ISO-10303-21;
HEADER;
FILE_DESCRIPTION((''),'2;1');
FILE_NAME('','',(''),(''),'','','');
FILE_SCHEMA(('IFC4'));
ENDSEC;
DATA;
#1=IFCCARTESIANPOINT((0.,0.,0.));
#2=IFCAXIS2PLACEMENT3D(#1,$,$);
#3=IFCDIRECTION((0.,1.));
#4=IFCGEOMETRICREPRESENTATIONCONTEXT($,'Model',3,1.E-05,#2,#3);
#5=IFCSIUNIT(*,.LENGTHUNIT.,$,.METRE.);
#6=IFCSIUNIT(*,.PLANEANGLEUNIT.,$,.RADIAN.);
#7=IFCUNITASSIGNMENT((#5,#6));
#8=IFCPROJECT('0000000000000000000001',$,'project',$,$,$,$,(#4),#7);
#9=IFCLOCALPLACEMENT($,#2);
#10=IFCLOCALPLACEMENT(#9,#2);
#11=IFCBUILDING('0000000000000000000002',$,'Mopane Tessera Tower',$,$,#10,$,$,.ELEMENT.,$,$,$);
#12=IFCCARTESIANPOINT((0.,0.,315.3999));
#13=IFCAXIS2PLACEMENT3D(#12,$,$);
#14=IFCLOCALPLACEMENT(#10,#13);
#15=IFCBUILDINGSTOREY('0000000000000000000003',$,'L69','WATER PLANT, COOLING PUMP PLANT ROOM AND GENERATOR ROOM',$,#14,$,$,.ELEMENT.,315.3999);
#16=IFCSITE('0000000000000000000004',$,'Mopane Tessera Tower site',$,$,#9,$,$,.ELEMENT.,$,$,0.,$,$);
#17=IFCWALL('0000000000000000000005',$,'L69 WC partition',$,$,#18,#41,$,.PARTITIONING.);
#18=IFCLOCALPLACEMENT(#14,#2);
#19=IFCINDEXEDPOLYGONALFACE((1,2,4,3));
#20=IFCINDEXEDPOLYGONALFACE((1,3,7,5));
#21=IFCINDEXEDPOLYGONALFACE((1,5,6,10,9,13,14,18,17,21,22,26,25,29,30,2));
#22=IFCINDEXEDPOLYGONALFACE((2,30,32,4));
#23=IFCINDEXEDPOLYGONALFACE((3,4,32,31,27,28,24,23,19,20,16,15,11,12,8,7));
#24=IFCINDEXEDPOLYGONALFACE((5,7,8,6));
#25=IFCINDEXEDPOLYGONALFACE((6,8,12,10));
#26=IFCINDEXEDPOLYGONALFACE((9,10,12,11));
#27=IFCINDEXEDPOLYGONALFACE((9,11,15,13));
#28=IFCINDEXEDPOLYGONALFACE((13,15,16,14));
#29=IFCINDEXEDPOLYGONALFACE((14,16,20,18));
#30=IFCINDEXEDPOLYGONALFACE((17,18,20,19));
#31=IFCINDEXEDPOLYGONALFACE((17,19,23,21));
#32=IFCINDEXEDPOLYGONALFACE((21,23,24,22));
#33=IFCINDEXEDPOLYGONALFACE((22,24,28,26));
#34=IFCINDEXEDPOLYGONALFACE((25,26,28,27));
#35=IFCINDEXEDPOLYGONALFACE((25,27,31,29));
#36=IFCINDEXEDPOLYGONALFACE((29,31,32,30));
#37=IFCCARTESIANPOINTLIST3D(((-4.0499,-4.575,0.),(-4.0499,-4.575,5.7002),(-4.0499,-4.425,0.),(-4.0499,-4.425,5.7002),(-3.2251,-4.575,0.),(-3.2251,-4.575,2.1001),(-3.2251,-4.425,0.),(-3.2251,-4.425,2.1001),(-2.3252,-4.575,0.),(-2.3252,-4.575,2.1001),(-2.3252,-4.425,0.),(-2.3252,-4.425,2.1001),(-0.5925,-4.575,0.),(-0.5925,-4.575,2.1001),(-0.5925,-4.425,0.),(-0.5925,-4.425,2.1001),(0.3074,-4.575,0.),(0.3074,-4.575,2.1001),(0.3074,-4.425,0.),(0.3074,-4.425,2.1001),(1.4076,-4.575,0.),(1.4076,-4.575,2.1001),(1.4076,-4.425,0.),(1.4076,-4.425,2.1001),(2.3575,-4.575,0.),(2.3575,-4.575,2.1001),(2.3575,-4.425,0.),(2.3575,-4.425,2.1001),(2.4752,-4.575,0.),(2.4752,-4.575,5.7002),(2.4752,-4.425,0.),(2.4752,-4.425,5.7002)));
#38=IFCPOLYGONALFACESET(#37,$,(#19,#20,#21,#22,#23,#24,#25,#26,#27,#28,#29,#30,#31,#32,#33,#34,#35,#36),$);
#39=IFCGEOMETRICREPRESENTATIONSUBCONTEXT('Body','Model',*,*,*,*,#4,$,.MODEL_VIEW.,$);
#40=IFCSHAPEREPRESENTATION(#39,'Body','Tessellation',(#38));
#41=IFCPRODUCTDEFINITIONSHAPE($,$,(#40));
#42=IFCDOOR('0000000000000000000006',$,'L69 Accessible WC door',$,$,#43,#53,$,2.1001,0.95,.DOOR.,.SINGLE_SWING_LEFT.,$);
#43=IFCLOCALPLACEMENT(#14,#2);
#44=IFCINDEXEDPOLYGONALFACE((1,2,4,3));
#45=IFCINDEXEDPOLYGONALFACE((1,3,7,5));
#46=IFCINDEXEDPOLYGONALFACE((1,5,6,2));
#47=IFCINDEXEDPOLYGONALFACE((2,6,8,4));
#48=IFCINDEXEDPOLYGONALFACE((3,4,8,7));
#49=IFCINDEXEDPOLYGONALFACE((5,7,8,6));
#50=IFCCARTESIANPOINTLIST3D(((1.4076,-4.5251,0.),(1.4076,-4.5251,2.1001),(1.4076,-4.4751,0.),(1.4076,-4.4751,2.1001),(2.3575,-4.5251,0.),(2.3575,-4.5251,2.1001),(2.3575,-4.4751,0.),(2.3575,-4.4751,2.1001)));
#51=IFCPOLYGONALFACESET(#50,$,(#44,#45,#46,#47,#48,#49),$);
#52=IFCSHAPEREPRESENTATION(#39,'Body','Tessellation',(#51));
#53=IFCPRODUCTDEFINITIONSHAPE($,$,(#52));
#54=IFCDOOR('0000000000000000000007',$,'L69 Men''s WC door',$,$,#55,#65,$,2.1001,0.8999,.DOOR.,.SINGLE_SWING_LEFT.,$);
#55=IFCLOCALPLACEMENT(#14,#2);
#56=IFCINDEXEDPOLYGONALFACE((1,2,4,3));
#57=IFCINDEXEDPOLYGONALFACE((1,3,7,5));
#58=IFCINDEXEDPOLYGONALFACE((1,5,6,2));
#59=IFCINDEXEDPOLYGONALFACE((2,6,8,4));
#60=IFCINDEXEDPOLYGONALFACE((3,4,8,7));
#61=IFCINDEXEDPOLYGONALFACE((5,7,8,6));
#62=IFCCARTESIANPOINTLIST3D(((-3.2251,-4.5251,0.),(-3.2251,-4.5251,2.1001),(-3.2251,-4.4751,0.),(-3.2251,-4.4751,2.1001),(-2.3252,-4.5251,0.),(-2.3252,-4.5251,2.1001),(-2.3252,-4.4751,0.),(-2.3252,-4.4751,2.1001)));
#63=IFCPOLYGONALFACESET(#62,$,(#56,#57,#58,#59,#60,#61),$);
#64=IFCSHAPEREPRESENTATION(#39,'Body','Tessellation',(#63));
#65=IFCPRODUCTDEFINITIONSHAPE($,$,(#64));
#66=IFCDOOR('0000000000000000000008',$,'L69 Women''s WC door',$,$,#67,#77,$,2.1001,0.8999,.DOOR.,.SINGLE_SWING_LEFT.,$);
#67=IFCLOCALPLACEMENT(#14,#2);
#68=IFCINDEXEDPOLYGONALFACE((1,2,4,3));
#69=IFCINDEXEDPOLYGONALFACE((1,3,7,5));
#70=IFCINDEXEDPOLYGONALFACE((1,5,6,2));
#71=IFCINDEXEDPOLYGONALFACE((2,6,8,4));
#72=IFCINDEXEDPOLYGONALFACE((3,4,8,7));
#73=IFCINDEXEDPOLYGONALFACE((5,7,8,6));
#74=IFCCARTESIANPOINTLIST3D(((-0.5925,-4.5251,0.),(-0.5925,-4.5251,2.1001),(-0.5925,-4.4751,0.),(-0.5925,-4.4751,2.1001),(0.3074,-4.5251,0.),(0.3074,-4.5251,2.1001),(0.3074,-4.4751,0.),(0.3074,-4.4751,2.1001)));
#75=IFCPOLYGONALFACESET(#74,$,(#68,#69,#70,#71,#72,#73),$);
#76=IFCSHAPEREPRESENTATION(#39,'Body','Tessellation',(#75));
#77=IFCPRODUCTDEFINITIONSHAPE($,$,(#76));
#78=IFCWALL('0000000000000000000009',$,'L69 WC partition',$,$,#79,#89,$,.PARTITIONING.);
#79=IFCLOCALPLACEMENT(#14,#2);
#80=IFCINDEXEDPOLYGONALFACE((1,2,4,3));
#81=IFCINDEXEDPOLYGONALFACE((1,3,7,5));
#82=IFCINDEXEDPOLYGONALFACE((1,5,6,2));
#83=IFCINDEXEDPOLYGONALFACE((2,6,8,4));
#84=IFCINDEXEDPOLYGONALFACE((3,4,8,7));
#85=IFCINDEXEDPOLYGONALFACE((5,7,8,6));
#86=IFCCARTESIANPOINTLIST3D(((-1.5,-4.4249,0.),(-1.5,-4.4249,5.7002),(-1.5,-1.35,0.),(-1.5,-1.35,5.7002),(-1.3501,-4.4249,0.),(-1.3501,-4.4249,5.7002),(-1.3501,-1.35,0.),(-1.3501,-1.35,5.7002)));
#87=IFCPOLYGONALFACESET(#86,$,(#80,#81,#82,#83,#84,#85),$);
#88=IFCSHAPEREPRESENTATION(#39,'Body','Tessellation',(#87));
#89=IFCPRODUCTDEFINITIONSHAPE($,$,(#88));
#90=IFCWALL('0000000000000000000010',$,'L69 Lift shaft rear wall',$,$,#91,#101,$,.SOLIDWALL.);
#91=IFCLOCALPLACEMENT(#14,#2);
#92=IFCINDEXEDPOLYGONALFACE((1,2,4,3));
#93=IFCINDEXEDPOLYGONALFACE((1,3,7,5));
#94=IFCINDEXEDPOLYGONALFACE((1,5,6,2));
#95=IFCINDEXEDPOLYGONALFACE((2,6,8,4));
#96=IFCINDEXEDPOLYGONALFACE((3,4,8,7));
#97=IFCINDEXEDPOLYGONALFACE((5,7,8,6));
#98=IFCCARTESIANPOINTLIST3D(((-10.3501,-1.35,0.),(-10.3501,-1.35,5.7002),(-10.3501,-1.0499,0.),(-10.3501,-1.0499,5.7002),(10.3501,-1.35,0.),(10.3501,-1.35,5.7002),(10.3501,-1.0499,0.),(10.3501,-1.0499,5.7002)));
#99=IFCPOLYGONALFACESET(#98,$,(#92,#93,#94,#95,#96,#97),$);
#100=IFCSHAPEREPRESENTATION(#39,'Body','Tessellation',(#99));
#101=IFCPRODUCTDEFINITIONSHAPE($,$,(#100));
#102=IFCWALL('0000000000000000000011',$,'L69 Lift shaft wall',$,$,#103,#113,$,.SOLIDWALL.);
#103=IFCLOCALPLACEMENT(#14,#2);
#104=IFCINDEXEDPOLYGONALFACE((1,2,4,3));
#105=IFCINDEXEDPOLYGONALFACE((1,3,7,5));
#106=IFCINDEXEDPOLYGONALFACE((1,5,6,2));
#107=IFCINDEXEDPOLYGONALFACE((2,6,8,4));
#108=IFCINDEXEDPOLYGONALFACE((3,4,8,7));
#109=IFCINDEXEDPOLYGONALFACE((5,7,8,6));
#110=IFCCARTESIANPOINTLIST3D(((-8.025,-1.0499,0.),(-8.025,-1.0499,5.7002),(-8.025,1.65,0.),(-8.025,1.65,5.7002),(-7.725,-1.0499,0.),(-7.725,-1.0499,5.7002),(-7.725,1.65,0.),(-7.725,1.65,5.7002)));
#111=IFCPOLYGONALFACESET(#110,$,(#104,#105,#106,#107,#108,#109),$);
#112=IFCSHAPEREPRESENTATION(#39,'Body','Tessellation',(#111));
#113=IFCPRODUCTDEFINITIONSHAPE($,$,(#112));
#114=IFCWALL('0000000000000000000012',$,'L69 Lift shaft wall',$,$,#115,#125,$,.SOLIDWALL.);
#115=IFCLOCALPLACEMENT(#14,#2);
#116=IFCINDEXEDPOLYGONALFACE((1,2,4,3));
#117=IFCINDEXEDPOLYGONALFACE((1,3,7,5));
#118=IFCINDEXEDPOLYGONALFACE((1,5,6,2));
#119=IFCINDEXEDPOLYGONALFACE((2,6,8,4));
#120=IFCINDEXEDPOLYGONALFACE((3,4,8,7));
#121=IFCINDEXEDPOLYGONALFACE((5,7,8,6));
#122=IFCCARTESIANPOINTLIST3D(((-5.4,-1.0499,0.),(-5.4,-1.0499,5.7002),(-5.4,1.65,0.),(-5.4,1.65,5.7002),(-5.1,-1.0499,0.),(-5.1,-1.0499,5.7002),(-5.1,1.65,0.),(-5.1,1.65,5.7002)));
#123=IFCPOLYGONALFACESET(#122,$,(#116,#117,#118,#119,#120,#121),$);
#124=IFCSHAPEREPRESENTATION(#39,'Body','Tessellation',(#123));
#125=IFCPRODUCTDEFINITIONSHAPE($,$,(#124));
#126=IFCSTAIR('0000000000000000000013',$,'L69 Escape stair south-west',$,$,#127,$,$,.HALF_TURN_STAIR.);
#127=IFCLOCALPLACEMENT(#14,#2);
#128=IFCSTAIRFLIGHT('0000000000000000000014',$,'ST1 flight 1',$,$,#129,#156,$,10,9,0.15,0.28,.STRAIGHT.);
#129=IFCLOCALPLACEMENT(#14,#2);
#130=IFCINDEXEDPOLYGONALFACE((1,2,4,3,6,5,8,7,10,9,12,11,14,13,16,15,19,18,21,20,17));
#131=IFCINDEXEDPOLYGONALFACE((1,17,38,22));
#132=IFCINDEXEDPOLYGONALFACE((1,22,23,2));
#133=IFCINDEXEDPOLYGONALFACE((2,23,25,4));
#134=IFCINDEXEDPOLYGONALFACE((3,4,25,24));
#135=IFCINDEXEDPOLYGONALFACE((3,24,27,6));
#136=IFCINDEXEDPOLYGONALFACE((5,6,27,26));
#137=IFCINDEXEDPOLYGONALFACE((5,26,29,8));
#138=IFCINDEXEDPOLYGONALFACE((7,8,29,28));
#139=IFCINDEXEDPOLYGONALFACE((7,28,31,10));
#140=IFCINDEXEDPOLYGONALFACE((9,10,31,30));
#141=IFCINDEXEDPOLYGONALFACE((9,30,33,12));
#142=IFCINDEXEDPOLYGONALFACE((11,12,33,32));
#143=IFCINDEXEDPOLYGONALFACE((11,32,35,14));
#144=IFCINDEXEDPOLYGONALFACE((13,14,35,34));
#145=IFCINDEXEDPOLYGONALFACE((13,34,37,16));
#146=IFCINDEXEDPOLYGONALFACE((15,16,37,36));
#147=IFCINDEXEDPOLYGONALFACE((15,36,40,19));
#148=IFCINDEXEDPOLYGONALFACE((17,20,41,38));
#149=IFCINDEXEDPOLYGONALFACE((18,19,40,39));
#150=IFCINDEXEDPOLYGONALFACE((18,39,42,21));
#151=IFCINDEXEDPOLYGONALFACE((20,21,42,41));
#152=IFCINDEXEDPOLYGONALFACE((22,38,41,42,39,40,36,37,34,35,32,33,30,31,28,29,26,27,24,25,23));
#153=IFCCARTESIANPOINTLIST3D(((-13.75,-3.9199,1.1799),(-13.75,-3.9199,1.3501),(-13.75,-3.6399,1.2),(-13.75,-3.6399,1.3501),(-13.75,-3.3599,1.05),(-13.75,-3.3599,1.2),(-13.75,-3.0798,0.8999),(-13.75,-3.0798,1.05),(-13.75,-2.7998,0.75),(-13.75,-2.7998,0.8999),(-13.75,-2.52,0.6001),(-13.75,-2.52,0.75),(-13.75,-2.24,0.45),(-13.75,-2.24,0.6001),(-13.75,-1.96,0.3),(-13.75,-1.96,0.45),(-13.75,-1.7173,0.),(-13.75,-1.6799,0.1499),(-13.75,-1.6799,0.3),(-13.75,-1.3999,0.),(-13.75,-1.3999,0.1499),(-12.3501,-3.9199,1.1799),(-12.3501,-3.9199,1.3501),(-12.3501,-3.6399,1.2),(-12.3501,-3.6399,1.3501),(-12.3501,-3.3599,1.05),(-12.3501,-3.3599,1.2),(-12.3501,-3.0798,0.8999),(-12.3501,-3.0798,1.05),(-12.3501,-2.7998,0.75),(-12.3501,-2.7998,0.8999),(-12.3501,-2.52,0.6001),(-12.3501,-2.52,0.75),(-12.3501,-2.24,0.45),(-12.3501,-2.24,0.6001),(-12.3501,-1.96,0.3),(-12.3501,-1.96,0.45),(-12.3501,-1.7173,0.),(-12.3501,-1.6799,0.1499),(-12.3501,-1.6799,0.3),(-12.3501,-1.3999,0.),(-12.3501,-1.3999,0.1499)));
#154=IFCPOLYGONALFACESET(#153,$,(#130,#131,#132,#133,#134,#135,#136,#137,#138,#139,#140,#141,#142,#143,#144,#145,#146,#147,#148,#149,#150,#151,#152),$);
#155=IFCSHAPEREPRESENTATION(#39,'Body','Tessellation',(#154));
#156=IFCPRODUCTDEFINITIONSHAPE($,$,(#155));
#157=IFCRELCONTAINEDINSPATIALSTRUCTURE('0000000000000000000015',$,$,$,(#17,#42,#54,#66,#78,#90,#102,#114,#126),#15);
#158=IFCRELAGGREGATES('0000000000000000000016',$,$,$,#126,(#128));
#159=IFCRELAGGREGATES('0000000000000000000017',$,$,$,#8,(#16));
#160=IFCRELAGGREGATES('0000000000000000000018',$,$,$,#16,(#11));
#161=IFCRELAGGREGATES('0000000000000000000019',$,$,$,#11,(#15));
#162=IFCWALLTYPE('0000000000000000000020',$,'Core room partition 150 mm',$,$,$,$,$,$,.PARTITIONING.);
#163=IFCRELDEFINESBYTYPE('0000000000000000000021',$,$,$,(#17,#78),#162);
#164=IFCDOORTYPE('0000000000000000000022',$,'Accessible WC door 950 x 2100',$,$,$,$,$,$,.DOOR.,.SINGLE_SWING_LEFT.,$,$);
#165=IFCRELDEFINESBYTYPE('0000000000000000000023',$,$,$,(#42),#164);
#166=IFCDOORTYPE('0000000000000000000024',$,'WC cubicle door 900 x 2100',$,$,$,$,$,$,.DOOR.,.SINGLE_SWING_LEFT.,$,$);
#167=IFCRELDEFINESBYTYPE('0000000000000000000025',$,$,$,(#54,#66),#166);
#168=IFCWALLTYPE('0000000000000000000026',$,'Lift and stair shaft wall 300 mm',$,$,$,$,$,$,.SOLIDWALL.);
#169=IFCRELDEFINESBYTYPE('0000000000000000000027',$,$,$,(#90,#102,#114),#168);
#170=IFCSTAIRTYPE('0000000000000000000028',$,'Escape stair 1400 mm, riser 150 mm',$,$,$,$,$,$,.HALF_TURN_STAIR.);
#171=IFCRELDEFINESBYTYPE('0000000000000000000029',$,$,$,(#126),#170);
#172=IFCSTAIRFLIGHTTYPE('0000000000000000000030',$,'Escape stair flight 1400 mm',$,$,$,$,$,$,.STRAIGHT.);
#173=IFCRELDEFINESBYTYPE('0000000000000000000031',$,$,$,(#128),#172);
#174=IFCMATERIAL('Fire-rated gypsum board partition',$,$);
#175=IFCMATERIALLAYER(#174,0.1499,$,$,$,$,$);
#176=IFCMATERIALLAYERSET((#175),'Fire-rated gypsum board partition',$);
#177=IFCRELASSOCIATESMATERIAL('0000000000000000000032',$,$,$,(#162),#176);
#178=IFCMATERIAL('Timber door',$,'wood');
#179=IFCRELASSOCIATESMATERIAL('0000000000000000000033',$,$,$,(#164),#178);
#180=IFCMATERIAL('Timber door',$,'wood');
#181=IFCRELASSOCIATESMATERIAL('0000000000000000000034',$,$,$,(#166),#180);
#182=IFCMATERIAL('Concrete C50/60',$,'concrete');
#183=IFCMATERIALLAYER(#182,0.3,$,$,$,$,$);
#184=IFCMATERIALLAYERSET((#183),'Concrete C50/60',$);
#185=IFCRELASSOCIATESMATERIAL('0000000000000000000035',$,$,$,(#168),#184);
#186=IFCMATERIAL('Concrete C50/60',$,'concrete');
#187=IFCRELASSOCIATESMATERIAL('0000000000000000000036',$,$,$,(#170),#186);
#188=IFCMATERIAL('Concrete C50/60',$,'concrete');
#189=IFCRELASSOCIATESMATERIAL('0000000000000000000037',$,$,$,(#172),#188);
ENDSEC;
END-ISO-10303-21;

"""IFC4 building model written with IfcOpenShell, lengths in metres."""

from ifc_helpers import new_model, si_unit, direction, frame, frame_2d, origin, place, context, subcontext, project, spatial, polyline, rectangle, outline, extrude, material, layer, layer_set, type_object, element, fill, aggregate, save


model = new_model("IFC4")

# Units and contexts
model_context = context("Model", 3, precision=1e-05, world=origin(), true_north=direction((0.0, 1.0)))
body_context = subcontext(model_context, "Body", "Model", "MODEL_VIEW")
ifc_project = project(units=[si_unit("LENGTHUNIT", "METRE"), si_unit("PLANEANGLEUNIT", "RADIAN")], contexts=[model_context])

# Site, building, storey
site_placement = place(None, origin())
site = spatial("IfcSite", under=ifc_project, at=site_placement, Name="Mopane Tessera Tower site", CompositionType="ELEMENT", RefElevation=0.0)
building_placement = place(site_placement, origin())
building = spatial("IfcBuilding", under=site, at=building_placement, Name="Mopane Tessera Tower", CompositionType="ELEMENT")
storey_placement = place(building_placement, frame((0.0, 0.0, 315.3999)))
storey = spatial("IfcBuildingStorey", under=building, at=storey_placement, Name="L69", Description="WATER PLANT, COOLING PUMP PLANT ROOM AND GENERATOR ROOM", CompositionType="ELEMENT", Elevation=315.3999)

# Shared definitions
ifc_material_1 = material(Name="Fire-rated gypsum board partition")
ifc_layer_1 = layer(ifc_material_1, 0.1499)
ifc_layer_set_1 = layer_set([ifc_layer_1], Name="Fire-rated gypsum board partition")
wall_type_1 = type_object("IfcWallType", Name="Core room partition 150 mm", PredefinedType="PARTITIONING", material=ifc_layer_set_1)

# Wall, openings, doors
wall_1_placement = place(storey_placement, frame((-4.05, -4.5, 0.0), z_axis=(0.0, 0.0, 1.0), x_axis=(1.0, 0.0, 0.0)))
wall_1 = element("IfcWall", 1, at=wall_1_placement, inside=storey, type_object=wall_type_1, Name="L69 WC partition", PredefinedType="PARTITIONING", context=body_context, shape_type="SweptSolid", body=[
    extrude(rectangle(XDim=6.5251, YDim=0.1499, at=frame_2d((3.2627, 0.0))), origin(), (0.0, 0.0, 1.0), 5.7002),
])
opening_1_placement = place(wall_1_placement, frame((0.825, 0.0, 0.0)))
opening_1 = element("IfcOpeningElement", 2, at=opening_1_placement, cuts=wall_1, PredefinedType="OPENING", context=body_context, shape_type="SweptSolid", body=[
    extrude(rectangle(XDim=0.8999, YDim=2.1001, at=frame_2d((0.45, 1.05))), frame((0.0, 0.0869, 0.0), z_axis=(0.0, -1.0, 0.0), x_axis=(1.0, 0.0, 0.0)), (0.0, 0.0, 1.0), 0.1738),
])
opening_2_placement = place(wall_1_placement, frame((3.4575, 0.0, 0.0)))
opening_2 = element("IfcOpeningElement", 3, at=opening_2_placement, cuts=wall_1, PredefinedType="OPENING", context=body_context, shape_type="SweptSolid", body=[
    extrude(rectangle(XDim=0.8999, YDim=2.1001, at=frame_2d((0.45, 1.05))), frame((0.0, 0.0869, 0.0), z_axis=(0.0, -1.0, 0.0), x_axis=(1.0, 0.0, 0.0)), (0.0, 0.0, 1.0), 0.1738),
])
opening_3_placement = place(wall_1_placement, frame((5.4575, 0.0, 0.0)))
opening_3 = element("IfcOpeningElement", 4, at=opening_3_placement, cuts=wall_1, PredefinedType="OPENING", context=body_context, shape_type="SweptSolid", body=[
    extrude(rectangle(XDim=0.95, YDim=2.1001, at=frame_2d((0.4751, 1.05))), frame((0.0, 0.0869, 0.0), z_axis=(0.0, -1.0, 0.0), x_axis=(1.0, 0.0, 0.0)), (0.0, 0.0, 1.0), 0.1738),
])
ifc_material_2 = material(Name="Timber door", Category="wood")
door_type_1 = type_object("IfcDoorType", Name="Accessible WC door 950 x 2100", OperationType="SINGLE_SWING_LEFT", PredefinedType="DOOR", material=ifc_material_2)
door_1_placement = place(opening_3_placement, origin())
door_1 = element("IfcDoor", 5, at=door_1_placement, inside=storey, type_object=door_type_1, Name="L69 Accessible WC door", OperationType="SINGLE_SWING_LEFT", OverallHeight=2.1001, OverallWidth=0.95, PredefinedType="DOOR", context=body_context, shape_type="SweptSolid", body=[
    extrude(rectangle(XDim=0.95, YDim=2.1001, at=frame_2d((0.4751, 1.05))), frame((0.0, 0.0249, 0.0), z_axis=(0.0, -1.0, 0.0), x_axis=(1.0, 0.0, 0.0)), (0.0, 0.0, 1.0), 0.05),
])
fill(opening_3, door_1)
ifc_material_3 = material(Name="Timber door", Category="wood")
door_type_2 = type_object("IfcDoorType", Name="WC cubicle door 900 x 2100", OperationType="SINGLE_SWING_LEFT", PredefinedType="DOOR", material=ifc_material_3)
door_2_placement = place(opening_1_placement, origin())
door_2 = element("IfcDoor", 6, at=door_2_placement, inside=storey, type_object=door_type_2, Name="L69 Men's WC door", OperationType="SINGLE_SWING_LEFT", OverallHeight=2.1001, OverallWidth=0.8999, PredefinedType="DOOR", context=body_context, shape_type="SweptSolid", body=[
    extrude(rectangle(XDim=0.8999, YDim=2.1001, at=frame_2d((0.45, 1.05))), frame((0.0, 0.0249, 0.0), z_axis=(0.0, -1.0, 0.0), x_axis=(1.0, 0.0, 0.0)), (0.0, 0.0, 1.0), 0.05),
])
fill(opening_1, door_2)
door_3_placement = place(opening_2_placement, origin())
door_3 = element("IfcDoor", 7, at=door_3_placement, inside=storey, type_object=door_type_2, Name="L69 Women's WC door", OperationType="SINGLE_SWING_LEFT", OverallHeight=2.1001, OverallWidth=0.8999, PredefinedType="DOOR", context=body_context, shape_type="SweptSolid", body=[
    extrude(rectangle(XDim=0.8999, YDim=2.1001, at=frame_2d((0.45, 1.05))), frame((0.0, 0.0249, 0.0), z_axis=(0.0, -1.0, 0.0), x_axis=(1.0, 0.0, 0.0)), (0.0, 0.0, 1.0), 0.05),
])
fill(opening_2, door_3)

# Walls
wall_2_placement = place(storey_placement, frame((-1.425, -4.425, 0.0), z_axis=(0.0, 0.0, 1.0), x_axis=(0.0, 1.0, 0.0)))
element("IfcWall", 8, at=wall_2_placement, inside=storey, type_object=wall_type_1, Name="L69 WC partition", PredefinedType="PARTITIONING", context=body_context, shape_type="SweptSolid", body=[
    extrude(rectangle(XDim=3.075, YDim=0.1499, at=frame_2d((1.5376, 0.0))), origin(), (0.0, 0.0, 1.0), 5.7002),
])
ifc_material_4 = material(Name="Concrete C50/60", Category="concrete")
ifc_layer_2 = layer(ifc_material_4, 0.3)
ifc_layer_set_2 = layer_set([ifc_layer_2], Name="Concrete C50/60")
wall_type_2 = type_object("IfcWallType", Name="Lift and stair shaft wall 300 mm", PredefinedType="SOLIDWALL", material=ifc_layer_set_2)
wall_3_placement = place(storey_placement, frame((-10.3501, -1.2, 0.0), z_axis=(0.0, 0.0, 1.0), x_axis=(1.0, 0.0, 0.0)))
element("IfcWall", 9, at=wall_3_placement, inside=storey, type_object=wall_type_2, Name="L69 Lift shaft rear wall", PredefinedType="SOLIDWALL", context=body_context, shape_type="SweptSolid", body=[
    extrude(rectangle(XDim=20.7002, YDim=0.3, at=frame_2d((10.3501, 0.0))), origin(), (0.0, 0.0, 1.0), 5.7002),
])
for number, where, z_axis, x_axis, name in (
    (10, (-7.875, -1.05, 0.0), (0.0, 0.0, 1.0), (0.0, 1.0, 0.0), "L69 Lift shaft wall"),
    (11, (-5.25, -1.05, 0.0), (0.0, 0.0, 1.0), (0.0, 1.0, 0.0), "L69 Lift shaft wall"),
):
    element("IfcWall", number, at=place(storey_placement, frame(where, z_axis=z_axis, x_axis=x_axis)), inside=storey, type_object=wall_type_2, Name=name, PredefinedType="SOLIDWALL", context=body_context, shape_type="SweptSolid", body=[
        extrude(rectangle(XDim=2.7, YDim=0.3, at=frame_2d((1.3501, 0.0))), origin(), (0.0, 0.0, 1.0), 5.7002),
    ])

# Stair, stair flight
ifc_material_5 = material(Name="Concrete C50/60", Category="concrete")
stair_type = type_object("IfcStairType", Name="Escape stair 1400 mm, riser 150 mm", PredefinedType="HALF_TURN_STAIR", material=ifc_material_5)
stair_placement = place(storey_placement, origin())
stair = element("IfcStair", 12, at=stair_placement, inside=storey, type_object=stair_type, Name="L69 Escape stair south-west", PredefinedType="HALF_TURN_STAIR")
ifc_material_6 = material(Name="Concrete C50/60", Category="concrete")
stair_flight_type = type_object("IfcStairFlightType", Name="Escape stair flight 1400 mm", PredefinedType="STRAIGHT", material=ifc_material_6)
stair_flight_1_placement = place(storey_placement, frame((-13.05, -1.3999, 0.0), z_axis=(0.0, 0.0, 1.0), x_axis=(0.0, -1.0, 0.0)))
stair_flight_1 = element("IfcStairFlight", 13, at=stair_flight_1_placement, type_object=stair_flight_type, Name="ST1 flight 1", NumberOfRisers=10, NumberOfTreads=9, PredefinedType="STRAIGHT", RiserHeight=0.15, TreadLength=0.28, context=body_context, shape_type="SweptSolid", body=[
    extrude(outline(polyline([(0.0, 0.0), (0.0, 0.1499), (0.28, 0.1499), (0.28, 0.3), (0.5601, 0.3), (0.5601, 0.45), (0.8401, 0.45), (0.8401, 0.6001), (1.1201, 0.6001), (1.1201, 0.75), (1.3999, 0.75), (1.3999, 0.8999), (1.6799, 0.8999), (1.6799, 1.05), (1.96, 1.05), (1.96, 1.2), (2.24, 1.2), (2.24, 1.3501), (2.52, 1.3501), (2.52, 1.5), (2.52, 1.1799), (0.3174, 0.0), (0.0, 0.0)])), frame((0.0, 0.7, 0.0), z_axis=(0.0, -1.0, 0.0), x_axis=(1.0, 0.0, 0.0)), (0.0, 0.0, 1.0), 1.3999),
])
aggregate(stair, [stair_flight_1])

save(model, "model.ifc")
